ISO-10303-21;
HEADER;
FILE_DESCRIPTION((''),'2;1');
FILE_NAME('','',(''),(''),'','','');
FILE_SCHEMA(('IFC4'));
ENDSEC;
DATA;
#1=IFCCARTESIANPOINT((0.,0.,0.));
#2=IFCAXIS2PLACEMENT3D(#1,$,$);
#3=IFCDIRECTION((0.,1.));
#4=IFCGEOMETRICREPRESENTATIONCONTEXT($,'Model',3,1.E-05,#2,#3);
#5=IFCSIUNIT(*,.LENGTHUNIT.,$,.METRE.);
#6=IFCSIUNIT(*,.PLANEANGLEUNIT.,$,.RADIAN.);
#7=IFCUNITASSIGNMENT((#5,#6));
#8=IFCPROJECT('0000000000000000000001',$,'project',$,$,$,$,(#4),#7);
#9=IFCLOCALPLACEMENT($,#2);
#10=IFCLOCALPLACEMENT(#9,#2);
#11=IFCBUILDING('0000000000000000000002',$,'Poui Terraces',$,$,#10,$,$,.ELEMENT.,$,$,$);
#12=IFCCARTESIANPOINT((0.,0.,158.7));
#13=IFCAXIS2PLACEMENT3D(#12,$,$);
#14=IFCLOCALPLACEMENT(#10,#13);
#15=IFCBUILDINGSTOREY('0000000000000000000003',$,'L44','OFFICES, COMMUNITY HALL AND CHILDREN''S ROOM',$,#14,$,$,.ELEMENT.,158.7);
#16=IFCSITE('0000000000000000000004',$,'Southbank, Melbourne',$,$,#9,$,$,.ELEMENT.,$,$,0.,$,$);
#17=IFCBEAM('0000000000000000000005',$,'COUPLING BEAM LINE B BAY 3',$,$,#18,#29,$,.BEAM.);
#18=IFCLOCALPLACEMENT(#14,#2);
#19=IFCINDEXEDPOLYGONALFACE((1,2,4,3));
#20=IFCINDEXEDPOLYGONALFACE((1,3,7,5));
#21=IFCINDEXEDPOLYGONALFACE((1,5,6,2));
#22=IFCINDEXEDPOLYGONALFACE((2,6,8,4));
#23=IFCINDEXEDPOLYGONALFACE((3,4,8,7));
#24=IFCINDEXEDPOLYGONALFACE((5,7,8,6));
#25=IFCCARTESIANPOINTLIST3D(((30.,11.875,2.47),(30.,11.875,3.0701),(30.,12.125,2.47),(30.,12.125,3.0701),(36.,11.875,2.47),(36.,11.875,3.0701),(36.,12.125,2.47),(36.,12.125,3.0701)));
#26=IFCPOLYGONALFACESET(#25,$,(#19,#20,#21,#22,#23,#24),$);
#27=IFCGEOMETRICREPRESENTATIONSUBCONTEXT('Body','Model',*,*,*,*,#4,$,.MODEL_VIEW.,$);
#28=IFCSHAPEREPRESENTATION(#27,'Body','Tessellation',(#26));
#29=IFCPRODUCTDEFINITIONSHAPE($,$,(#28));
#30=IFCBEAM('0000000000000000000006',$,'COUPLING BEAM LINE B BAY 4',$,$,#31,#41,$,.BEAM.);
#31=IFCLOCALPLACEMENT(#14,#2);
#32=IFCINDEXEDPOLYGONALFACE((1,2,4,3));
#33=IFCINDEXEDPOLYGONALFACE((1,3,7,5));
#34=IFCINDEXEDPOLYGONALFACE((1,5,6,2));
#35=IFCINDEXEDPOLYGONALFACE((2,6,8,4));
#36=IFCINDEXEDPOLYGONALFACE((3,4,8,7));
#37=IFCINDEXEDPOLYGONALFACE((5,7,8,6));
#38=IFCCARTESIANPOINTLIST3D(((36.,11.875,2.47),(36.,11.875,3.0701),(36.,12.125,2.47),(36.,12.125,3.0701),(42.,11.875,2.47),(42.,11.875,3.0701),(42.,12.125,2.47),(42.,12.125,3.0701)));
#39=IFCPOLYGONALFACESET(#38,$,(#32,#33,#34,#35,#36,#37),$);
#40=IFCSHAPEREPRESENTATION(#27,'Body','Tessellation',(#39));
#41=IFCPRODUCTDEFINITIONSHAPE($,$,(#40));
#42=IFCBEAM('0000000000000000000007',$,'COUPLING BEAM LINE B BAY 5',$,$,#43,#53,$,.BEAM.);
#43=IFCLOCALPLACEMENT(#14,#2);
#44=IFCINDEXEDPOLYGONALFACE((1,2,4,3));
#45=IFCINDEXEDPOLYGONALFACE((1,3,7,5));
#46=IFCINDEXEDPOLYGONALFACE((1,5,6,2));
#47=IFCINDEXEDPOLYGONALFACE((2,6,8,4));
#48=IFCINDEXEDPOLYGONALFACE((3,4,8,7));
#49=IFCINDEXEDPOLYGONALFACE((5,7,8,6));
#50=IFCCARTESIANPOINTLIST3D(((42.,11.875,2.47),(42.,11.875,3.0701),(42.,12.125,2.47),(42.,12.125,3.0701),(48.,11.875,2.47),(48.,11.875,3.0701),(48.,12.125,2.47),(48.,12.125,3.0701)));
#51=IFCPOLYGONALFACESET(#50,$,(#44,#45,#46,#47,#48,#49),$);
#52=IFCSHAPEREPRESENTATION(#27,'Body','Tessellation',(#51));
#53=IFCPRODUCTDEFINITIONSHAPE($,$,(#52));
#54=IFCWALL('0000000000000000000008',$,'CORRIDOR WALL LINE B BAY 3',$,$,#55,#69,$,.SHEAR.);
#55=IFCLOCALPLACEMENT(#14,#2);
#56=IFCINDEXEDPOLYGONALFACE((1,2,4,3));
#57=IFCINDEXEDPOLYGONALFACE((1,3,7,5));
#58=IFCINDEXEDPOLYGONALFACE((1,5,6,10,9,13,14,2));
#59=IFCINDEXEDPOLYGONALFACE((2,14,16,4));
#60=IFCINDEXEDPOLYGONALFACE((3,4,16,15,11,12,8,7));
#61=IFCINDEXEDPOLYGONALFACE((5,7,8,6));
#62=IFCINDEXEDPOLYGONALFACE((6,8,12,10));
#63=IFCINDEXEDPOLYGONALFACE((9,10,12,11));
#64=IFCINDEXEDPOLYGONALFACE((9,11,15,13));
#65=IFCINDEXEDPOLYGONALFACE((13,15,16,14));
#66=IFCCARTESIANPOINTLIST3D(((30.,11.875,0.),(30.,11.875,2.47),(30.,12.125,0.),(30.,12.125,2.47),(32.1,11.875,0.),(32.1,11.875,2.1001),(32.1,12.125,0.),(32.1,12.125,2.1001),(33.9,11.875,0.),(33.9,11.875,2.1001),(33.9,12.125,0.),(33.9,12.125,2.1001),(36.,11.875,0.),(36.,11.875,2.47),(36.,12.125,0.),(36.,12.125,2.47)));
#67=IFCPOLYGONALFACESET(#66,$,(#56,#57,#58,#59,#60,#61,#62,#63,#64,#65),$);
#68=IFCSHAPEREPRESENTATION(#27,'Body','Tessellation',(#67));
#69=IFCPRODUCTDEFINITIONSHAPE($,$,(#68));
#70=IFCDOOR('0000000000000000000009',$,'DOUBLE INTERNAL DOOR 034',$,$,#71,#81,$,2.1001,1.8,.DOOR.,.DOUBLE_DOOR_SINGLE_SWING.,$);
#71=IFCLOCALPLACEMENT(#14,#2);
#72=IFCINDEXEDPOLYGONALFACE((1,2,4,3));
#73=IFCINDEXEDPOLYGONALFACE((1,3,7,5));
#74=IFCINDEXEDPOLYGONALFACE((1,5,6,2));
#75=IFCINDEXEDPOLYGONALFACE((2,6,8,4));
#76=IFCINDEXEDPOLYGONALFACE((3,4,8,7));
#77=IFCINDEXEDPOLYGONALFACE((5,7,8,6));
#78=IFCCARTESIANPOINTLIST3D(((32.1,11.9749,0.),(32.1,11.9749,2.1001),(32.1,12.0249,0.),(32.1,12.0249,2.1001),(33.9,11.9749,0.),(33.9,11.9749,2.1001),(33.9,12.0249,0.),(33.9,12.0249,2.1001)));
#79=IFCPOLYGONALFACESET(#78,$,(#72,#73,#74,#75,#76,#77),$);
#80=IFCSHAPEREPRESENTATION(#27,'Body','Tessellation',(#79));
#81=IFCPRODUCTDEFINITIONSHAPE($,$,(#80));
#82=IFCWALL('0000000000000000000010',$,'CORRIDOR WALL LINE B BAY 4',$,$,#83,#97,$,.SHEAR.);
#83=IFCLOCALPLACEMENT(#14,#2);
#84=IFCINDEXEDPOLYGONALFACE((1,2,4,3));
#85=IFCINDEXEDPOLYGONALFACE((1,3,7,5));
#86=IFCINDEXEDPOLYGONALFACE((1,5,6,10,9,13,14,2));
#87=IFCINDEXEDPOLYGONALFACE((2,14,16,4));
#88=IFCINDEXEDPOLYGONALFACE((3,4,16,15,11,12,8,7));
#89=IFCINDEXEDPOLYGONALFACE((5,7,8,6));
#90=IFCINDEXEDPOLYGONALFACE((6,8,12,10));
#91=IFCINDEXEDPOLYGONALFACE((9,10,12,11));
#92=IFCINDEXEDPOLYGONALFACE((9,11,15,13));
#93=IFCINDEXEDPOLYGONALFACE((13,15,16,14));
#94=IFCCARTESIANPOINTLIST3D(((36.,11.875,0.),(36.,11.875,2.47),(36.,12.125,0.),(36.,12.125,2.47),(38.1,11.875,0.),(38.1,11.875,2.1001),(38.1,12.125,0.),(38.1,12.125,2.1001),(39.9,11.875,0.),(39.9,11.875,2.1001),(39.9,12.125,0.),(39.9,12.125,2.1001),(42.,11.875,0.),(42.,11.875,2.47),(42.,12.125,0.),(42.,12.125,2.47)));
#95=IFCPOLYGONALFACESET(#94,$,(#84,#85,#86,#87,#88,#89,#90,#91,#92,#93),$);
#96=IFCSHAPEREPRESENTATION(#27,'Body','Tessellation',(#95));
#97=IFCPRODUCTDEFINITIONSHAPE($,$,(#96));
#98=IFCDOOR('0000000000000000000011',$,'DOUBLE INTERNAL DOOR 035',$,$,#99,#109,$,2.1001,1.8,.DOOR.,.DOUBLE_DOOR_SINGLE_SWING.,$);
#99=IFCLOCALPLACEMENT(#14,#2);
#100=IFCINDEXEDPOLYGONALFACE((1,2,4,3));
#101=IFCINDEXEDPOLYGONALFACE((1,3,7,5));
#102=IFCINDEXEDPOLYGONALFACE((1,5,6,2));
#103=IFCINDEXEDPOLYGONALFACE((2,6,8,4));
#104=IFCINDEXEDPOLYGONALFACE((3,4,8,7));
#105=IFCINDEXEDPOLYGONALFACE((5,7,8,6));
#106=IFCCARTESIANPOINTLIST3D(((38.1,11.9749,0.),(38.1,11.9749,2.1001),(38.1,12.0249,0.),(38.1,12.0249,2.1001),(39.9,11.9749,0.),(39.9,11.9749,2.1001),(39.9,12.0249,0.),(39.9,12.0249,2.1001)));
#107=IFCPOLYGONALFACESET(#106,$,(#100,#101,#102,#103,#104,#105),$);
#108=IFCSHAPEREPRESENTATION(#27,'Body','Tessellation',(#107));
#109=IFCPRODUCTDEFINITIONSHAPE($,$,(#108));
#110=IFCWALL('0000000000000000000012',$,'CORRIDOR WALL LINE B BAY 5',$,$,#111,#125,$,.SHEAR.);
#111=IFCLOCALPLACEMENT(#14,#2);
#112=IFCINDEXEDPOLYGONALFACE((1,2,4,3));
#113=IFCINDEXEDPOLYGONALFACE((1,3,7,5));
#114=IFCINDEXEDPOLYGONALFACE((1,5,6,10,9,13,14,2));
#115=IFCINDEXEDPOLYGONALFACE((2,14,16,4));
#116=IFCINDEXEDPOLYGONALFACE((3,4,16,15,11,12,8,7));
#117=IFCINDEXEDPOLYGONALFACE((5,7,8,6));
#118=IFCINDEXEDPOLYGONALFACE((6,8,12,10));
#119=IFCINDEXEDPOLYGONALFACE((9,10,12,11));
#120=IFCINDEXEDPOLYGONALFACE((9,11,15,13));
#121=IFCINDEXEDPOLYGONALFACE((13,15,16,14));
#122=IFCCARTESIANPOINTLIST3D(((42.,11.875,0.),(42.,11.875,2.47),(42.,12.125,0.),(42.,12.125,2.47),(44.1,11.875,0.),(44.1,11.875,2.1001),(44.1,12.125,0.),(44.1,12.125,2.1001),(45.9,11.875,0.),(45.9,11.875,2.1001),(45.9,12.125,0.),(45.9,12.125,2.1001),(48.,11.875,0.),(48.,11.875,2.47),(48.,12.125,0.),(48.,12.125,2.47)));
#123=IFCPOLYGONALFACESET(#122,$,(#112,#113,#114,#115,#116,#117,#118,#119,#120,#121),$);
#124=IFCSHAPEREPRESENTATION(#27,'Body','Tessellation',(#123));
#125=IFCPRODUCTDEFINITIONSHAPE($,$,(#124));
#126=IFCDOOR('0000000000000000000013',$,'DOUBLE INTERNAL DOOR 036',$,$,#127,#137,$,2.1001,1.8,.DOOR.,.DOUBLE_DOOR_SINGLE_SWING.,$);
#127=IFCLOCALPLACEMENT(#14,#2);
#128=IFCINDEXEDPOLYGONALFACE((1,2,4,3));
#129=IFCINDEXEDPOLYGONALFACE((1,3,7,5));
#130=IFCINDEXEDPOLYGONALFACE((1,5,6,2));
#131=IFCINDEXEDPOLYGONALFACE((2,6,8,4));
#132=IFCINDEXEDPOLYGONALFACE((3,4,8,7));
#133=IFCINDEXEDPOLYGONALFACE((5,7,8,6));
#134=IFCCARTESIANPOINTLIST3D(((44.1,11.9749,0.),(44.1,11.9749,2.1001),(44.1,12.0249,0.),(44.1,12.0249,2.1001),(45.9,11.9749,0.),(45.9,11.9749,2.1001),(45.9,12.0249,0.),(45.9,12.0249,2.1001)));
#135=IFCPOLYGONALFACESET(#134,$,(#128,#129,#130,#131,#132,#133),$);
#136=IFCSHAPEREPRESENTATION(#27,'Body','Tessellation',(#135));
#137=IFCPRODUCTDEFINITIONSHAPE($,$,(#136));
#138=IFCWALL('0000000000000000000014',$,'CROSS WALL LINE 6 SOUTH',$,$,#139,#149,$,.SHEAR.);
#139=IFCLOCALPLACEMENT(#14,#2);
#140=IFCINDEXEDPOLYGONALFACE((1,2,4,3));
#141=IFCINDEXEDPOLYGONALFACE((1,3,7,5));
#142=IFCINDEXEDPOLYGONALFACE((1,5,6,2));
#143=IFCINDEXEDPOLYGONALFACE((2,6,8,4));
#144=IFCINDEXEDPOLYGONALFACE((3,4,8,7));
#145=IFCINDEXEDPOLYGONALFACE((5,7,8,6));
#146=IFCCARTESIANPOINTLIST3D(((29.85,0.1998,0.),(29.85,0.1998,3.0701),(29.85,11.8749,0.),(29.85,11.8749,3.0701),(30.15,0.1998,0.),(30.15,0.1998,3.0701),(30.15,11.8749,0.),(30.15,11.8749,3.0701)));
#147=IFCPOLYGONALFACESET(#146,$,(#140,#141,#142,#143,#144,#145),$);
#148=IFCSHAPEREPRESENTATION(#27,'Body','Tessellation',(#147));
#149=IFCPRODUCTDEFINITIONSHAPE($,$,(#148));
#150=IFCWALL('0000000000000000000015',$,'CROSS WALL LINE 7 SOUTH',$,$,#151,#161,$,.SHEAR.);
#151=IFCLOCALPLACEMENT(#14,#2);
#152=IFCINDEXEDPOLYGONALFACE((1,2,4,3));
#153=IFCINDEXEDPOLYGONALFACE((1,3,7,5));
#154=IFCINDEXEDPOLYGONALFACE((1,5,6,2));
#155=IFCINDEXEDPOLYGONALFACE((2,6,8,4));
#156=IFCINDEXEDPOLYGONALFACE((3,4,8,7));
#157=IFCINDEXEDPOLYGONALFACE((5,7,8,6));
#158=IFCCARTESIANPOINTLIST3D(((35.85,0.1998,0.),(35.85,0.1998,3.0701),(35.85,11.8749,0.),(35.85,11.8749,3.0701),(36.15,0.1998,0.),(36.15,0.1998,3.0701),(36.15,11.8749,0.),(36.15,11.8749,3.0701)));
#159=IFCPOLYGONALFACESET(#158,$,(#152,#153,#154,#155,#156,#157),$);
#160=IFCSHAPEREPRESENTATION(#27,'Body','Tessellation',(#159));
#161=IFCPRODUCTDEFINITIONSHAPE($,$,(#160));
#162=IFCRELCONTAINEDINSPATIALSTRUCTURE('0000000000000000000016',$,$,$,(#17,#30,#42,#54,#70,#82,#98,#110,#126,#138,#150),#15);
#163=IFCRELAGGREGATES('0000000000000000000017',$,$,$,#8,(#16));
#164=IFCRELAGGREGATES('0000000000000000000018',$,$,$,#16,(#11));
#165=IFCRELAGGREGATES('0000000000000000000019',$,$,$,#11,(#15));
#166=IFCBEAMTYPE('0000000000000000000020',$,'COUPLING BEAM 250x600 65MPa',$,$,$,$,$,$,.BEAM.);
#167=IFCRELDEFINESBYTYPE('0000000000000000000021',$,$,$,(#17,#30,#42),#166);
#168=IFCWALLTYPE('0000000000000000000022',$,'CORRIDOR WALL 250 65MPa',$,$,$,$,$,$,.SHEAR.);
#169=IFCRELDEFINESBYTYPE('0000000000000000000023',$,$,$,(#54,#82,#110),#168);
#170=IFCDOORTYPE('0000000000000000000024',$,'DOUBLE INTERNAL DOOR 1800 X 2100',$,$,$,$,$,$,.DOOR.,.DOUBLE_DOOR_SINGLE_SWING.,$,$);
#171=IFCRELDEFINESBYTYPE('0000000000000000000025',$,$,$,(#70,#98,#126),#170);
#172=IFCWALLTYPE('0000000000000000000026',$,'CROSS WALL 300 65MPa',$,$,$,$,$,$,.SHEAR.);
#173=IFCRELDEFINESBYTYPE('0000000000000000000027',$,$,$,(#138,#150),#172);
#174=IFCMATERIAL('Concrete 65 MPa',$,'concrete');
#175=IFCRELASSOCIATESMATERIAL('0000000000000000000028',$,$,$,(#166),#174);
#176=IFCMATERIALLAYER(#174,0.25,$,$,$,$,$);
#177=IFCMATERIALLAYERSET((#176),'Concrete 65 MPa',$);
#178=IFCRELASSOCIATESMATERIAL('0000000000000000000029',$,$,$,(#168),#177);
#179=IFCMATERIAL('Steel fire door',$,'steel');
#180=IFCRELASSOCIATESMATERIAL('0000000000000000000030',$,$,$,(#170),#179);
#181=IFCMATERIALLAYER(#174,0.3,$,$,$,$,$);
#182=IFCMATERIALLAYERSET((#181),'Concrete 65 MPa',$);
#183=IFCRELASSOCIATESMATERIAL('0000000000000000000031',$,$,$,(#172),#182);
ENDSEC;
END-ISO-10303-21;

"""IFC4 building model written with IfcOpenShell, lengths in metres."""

from ifc_helpers import new_model, si_unit, direction, frame, frame_2d, origin, origin_2d, place, context, subcontext, project, spatial, rectangle, extrude, source, transform, mapped, material, layer, layer_set, material_profile, profile_set, type_object, element, fill, save


model = new_model("IFC4")

# Units and contexts
model_context = context("Model", 3, precision=1e-05, world=origin(), true_north=direction((0.0, 1.0)))
body_context = subcontext(model_context, "Body", "Model", "MODEL_VIEW")
ifc_project = project(units=[si_unit("LENGTHUNIT", "METRE"), si_unit("PLANEANGLEUNIT", "RADIAN")], contexts=[model_context])

# Site, building, storey
site_placement = place(None, origin())
site = spatial("IfcSite", under=ifc_project, at=site_placement, Name="Southbank, Melbourne", CompositionType="ELEMENT", RefElevation=0.0)
building_placement = place(site_placement, origin())
building = spatial("IfcBuilding", under=site, at=building_placement, Name="Poui Terraces", CompositionType="ELEMENT")
storey_placement = place(building_placement, frame((0.0, 0.0, 158.7)))
storey = spatial("IfcBuildingStorey", under=building, at=storey_placement, Name="L44", Description="OFFICES, COMMUNITY HALL AND CHILDREN'S ROOM", CompositionType="ELEMENT", Elevation=158.7)

# Beams
ifc_material_1 = material(Name="Concrete 65 MPa", Category="concrete")
ifc_material_profile = material_profile(ifc_material_1, rectangle(XDim=0.25, YDim=0.6001, at=origin_2d()), Name="RC 250x600")
ifc_profile_set = profile_set([ifc_material_profile], Name="Concrete 65 MPa")
beam_type = type_object("IfcBeamType", Name="COUPLING BEAM 250x600 65MPa", PredefinedType="BEAM", material=ifc_profile_set)
shared_shape = source(origin(), body_context, "Body", "SweptSolid", [
    extrude(rectangle(XDim=0.25, YDim=0.6001, at=origin_2d()), origin(), (0.0, 0.0, 1.0), 6.0),
])
for number, where, z_axis, x_axis, name in (
    (1, (30.0, 12.0, 2.77), (1.0, 0.0, 0.0), (0.0, 1.0, 0.0), "COUPLING BEAM LINE B BAY 3"),
    (2, (36.0, 12.0, 2.77), (1.0, 0.0, 0.0), (0.0, 1.0, 0.0), "COUPLING BEAM LINE B BAY 4"),
    (3, (42.0, 12.0, 2.77), (1.0, 0.0, 0.0), (0.0, 1.0, 0.0), "COUPLING BEAM LINE B BAY 5"),
):
    element("IfcBeam", number, at=place(storey_placement, frame(where, z_axis=z_axis, x_axis=x_axis)), inside=storey, type_object=beam_type, Name=name, PredefinedType="BEAM", context=body_context, shape_type="MappedRepresentation", body=[
        mapped(shared_shape, transform((0.0, 0.0, 0.0))),
    ])

# Walls, openings, doors
ifc_layer_1 = layer(ifc_material_1, 0.25)
ifc_layer_set_1 = layer_set([ifc_layer_1], Name="Concrete 65 MPa")
wall_type_1 = type_object("IfcWallType", Name="CORRIDOR WALL 250 65MPa", PredefinedType="SHEAR", material=ifc_layer_set_1)
wall_1_placement = place(storey_placement, frame((30.0, 12.0, 0.0), z_axis=(0.0, 0.0, 1.0), x_axis=(1.0, 0.0, 0.0)))
wall_1 = element("IfcWall", 4, at=wall_1_placement, inside=storey, type_object=wall_type_1, Name="CORRIDOR WALL LINE B BAY 3", PredefinedType="SHEAR", context=body_context, shape_type="SweptSolid", body=[
    extrude(rectangle(XDim=6.0, YDim=0.25, at=frame_2d((3.0, 0.0))), origin(), (0.0, 0.0, 1.0), 2.47),
])
opening_1_placement = place(wall_1_placement, frame((2.1001, 0.0, 0.0)))
opening_1 = element("IfcOpeningElement", 5, at=opening_1_placement, cuts=wall_1, PredefinedType="OPENING", context=body_context, shape_type="SweptSolid", body=[
    extrude(rectangle(XDim=1.8, YDim=2.1001, at=frame_2d((0.8999, 1.05))), frame((0.0, 0.135, 0.0), z_axis=(0.0, -1.0, 0.0), x_axis=(1.0, 0.0, 0.0)), (0.0, 0.0, 1.0), 0.27),
])
ifc_material_2 = material(Name="Steel fire door", Category="steel")
door_type_1 = type_object("IfcDoorType", Name="DOUBLE INTERNAL DOOR 1800 X 2100", OperationType="DOUBLE_DOOR_SINGLE_SWING", PredefinedType="DOOR", material=ifc_material_2)
door_1_placement = place(opening_1_placement, origin())
door_1 = element("IfcDoor", 6, at=door_1_placement, inside=storey, type_object=door_type_1, Name="DOUBLE INTERNAL DOOR 034", OperationType="DOUBLE_DOOR_SINGLE_SWING", OverallHeight=2.1001, OverallWidth=1.8, PredefinedType="DOOR", context=body_context, shape_type="SweptSolid", body=[
    extrude(rectangle(XDim=1.8, YDim=2.1001, at=frame_2d((0.8999, 1.05))), frame((0.0, 0.0249, 0.0), z_axis=(0.0, -1.0, 0.0), x_axis=(1.0, 0.0, 0.0)), (0.0, 0.0, 1.0), 0.05),
])
fill(opening_1, door_1)
wall_2_placement = place(storey_placement, frame((36.0, 12.0, 0.0), z_axis=(0.0, 0.0, 1.0), x_axis=(1.0, 0.0, 0.0)))
wall_2 = element("IfcWall", 7, at=wall_2_placement, inside=storey, type_object=wall_type_1, Name="CORRIDOR WALL LINE B BAY 4", PredefinedType="SHEAR", context=body_context, shape_type="SweptSolid", body=[
    extrude(rectangle(XDim=6.0, YDim=0.25, at=frame_2d((3.0, 0.0))), origin(), (0.0, 0.0, 1.0), 2.47),
])
opening_2_placement = place(wall_2_placement, frame((2.1001, 0.0, 0.0)))
opening_2 = element("IfcOpeningElement", 8, at=opening_2_placement, cuts=wall_2, PredefinedType="OPENING", context=body_context, shape_type="SweptSolid", body=[
    extrude(rectangle(XDim=1.8, YDim=2.1001, at=frame_2d((0.8999, 1.05))), frame((0.0, 0.135, 0.0), z_axis=(0.0, -1.0, 0.0), x_axis=(1.0, 0.0, 0.0)), (0.0, 0.0, 1.0), 0.27),
])
door_2_placement = place(opening_2_placement, origin())
door_2 = element("IfcDoor", 9, at=door_2_placement, inside=storey, type_object=door_type_1, Name="DOUBLE INTERNAL DOOR 035", OperationType="DOUBLE_DOOR_SINGLE_SWING", OverallHeight=2.1001, OverallWidth=1.8, PredefinedType="DOOR", context=body_context, shape_type="SweptSolid", body=[
    extrude(rectangle(XDim=1.8, YDim=2.1001, at=frame_2d((0.8999, 1.05))), frame((0.0, 0.0249, 0.0), z_axis=(0.0, -1.0, 0.0), x_axis=(1.0, 0.0, 0.0)), (0.0, 0.0, 1.0), 0.05),
])
fill(opening_2, door_2)
wall_3_placement = place(storey_placement, frame((42.0, 12.0, 0.0), z_axis=(0.0, 0.0, 1.0), x_axis=(1.0, 0.0, 0.0)))
wall_3 = element("IfcWall", 10, at=wall_3_placement, inside=storey, type_object=wall_type_1, Name="CORRIDOR WALL LINE B BAY 5", PredefinedType="SHEAR", context=body_context, shape_type="SweptSolid", body=[
    extrude(rectangle(XDim=6.0, YDim=0.25, at=frame_2d((3.0, 0.0))), origin(), (0.0, 0.0, 1.0), 2.47),
])
opening_3_placement = place(wall_3_placement, frame((2.1001, 0.0, 0.0)))
opening_3 = element("IfcOpeningElement", 11, at=opening_3_placement, cuts=wall_3, PredefinedType="OPENING", context=body_context, shape_type="SweptSolid", body=[
    extrude(rectangle(XDim=1.8, YDim=2.1001, at=frame_2d((0.8999, 1.05))), frame((0.0, 0.135, 0.0), z_axis=(0.0, -1.0, 0.0), x_axis=(1.0, 0.0, 0.0)), (0.0, 0.0, 1.0), 0.27),
])
door_3_placement = place(opening_3_placement, origin())
door_3 = element("IfcDoor", 12, at=door_3_placement, inside=storey, type_object=door_type_1, Name="DOUBLE INTERNAL DOOR 036", OperationType="DOUBLE_DOOR_SINGLE_SWING", OverallHeight=2.1001, OverallWidth=1.8, PredefinedType="DOOR", context=body_context, shape_type="SweptSolid", body=[
    extrude(rectangle(XDim=1.8, YDim=2.1001, at=frame_2d((0.8999, 1.05))), frame((0.0, 0.0249, 0.0), z_axis=(0.0, -1.0, 0.0), x_axis=(1.0, 0.0, 0.0)), (0.0, 0.0, 1.0), 0.05),
])
fill(opening_3, door_3)

# Walls
ifc_layer_2 = layer(ifc_material_1, 0.3)
ifc_layer_set_2 = layer_set([ifc_layer_2], Name="Concrete 65 MPa")
wall_type_2 = type_object("IfcWallType", Name="CROSS WALL 300 65MPa", PredefinedType="SHEAR", material=ifc_layer_set_2)
for number, where, z_axis, x_axis, name in (
    (13, (30.0, 0.2, 0.0), (0.0, 0.0, 1.0), (0.0, 1.0, 0.0), "CROSS WALL LINE 6 SOUTH"),
    (14, (36.0, 0.2, 0.0), (0.0, 0.0, 1.0), (0.0, 1.0, 0.0), "CROSS WALL LINE 7 SOUTH"),
):
    element("IfcWall", number, at=place(storey_placement, frame(where, z_axis=z_axis, x_axis=x_axis)), inside=storey, type_object=wall_type_2, Name=name, PredefinedType="SHEAR", context=body_context, shape_type="SweptSolid", body=[
        extrude(rectangle(XDim=11.675, YDim=0.3, at=frame_2d((5.8374, 0.0))), origin(), (0.0, 0.0, 1.0), 3.0701),
    ])

save(model, "model.ifc")
